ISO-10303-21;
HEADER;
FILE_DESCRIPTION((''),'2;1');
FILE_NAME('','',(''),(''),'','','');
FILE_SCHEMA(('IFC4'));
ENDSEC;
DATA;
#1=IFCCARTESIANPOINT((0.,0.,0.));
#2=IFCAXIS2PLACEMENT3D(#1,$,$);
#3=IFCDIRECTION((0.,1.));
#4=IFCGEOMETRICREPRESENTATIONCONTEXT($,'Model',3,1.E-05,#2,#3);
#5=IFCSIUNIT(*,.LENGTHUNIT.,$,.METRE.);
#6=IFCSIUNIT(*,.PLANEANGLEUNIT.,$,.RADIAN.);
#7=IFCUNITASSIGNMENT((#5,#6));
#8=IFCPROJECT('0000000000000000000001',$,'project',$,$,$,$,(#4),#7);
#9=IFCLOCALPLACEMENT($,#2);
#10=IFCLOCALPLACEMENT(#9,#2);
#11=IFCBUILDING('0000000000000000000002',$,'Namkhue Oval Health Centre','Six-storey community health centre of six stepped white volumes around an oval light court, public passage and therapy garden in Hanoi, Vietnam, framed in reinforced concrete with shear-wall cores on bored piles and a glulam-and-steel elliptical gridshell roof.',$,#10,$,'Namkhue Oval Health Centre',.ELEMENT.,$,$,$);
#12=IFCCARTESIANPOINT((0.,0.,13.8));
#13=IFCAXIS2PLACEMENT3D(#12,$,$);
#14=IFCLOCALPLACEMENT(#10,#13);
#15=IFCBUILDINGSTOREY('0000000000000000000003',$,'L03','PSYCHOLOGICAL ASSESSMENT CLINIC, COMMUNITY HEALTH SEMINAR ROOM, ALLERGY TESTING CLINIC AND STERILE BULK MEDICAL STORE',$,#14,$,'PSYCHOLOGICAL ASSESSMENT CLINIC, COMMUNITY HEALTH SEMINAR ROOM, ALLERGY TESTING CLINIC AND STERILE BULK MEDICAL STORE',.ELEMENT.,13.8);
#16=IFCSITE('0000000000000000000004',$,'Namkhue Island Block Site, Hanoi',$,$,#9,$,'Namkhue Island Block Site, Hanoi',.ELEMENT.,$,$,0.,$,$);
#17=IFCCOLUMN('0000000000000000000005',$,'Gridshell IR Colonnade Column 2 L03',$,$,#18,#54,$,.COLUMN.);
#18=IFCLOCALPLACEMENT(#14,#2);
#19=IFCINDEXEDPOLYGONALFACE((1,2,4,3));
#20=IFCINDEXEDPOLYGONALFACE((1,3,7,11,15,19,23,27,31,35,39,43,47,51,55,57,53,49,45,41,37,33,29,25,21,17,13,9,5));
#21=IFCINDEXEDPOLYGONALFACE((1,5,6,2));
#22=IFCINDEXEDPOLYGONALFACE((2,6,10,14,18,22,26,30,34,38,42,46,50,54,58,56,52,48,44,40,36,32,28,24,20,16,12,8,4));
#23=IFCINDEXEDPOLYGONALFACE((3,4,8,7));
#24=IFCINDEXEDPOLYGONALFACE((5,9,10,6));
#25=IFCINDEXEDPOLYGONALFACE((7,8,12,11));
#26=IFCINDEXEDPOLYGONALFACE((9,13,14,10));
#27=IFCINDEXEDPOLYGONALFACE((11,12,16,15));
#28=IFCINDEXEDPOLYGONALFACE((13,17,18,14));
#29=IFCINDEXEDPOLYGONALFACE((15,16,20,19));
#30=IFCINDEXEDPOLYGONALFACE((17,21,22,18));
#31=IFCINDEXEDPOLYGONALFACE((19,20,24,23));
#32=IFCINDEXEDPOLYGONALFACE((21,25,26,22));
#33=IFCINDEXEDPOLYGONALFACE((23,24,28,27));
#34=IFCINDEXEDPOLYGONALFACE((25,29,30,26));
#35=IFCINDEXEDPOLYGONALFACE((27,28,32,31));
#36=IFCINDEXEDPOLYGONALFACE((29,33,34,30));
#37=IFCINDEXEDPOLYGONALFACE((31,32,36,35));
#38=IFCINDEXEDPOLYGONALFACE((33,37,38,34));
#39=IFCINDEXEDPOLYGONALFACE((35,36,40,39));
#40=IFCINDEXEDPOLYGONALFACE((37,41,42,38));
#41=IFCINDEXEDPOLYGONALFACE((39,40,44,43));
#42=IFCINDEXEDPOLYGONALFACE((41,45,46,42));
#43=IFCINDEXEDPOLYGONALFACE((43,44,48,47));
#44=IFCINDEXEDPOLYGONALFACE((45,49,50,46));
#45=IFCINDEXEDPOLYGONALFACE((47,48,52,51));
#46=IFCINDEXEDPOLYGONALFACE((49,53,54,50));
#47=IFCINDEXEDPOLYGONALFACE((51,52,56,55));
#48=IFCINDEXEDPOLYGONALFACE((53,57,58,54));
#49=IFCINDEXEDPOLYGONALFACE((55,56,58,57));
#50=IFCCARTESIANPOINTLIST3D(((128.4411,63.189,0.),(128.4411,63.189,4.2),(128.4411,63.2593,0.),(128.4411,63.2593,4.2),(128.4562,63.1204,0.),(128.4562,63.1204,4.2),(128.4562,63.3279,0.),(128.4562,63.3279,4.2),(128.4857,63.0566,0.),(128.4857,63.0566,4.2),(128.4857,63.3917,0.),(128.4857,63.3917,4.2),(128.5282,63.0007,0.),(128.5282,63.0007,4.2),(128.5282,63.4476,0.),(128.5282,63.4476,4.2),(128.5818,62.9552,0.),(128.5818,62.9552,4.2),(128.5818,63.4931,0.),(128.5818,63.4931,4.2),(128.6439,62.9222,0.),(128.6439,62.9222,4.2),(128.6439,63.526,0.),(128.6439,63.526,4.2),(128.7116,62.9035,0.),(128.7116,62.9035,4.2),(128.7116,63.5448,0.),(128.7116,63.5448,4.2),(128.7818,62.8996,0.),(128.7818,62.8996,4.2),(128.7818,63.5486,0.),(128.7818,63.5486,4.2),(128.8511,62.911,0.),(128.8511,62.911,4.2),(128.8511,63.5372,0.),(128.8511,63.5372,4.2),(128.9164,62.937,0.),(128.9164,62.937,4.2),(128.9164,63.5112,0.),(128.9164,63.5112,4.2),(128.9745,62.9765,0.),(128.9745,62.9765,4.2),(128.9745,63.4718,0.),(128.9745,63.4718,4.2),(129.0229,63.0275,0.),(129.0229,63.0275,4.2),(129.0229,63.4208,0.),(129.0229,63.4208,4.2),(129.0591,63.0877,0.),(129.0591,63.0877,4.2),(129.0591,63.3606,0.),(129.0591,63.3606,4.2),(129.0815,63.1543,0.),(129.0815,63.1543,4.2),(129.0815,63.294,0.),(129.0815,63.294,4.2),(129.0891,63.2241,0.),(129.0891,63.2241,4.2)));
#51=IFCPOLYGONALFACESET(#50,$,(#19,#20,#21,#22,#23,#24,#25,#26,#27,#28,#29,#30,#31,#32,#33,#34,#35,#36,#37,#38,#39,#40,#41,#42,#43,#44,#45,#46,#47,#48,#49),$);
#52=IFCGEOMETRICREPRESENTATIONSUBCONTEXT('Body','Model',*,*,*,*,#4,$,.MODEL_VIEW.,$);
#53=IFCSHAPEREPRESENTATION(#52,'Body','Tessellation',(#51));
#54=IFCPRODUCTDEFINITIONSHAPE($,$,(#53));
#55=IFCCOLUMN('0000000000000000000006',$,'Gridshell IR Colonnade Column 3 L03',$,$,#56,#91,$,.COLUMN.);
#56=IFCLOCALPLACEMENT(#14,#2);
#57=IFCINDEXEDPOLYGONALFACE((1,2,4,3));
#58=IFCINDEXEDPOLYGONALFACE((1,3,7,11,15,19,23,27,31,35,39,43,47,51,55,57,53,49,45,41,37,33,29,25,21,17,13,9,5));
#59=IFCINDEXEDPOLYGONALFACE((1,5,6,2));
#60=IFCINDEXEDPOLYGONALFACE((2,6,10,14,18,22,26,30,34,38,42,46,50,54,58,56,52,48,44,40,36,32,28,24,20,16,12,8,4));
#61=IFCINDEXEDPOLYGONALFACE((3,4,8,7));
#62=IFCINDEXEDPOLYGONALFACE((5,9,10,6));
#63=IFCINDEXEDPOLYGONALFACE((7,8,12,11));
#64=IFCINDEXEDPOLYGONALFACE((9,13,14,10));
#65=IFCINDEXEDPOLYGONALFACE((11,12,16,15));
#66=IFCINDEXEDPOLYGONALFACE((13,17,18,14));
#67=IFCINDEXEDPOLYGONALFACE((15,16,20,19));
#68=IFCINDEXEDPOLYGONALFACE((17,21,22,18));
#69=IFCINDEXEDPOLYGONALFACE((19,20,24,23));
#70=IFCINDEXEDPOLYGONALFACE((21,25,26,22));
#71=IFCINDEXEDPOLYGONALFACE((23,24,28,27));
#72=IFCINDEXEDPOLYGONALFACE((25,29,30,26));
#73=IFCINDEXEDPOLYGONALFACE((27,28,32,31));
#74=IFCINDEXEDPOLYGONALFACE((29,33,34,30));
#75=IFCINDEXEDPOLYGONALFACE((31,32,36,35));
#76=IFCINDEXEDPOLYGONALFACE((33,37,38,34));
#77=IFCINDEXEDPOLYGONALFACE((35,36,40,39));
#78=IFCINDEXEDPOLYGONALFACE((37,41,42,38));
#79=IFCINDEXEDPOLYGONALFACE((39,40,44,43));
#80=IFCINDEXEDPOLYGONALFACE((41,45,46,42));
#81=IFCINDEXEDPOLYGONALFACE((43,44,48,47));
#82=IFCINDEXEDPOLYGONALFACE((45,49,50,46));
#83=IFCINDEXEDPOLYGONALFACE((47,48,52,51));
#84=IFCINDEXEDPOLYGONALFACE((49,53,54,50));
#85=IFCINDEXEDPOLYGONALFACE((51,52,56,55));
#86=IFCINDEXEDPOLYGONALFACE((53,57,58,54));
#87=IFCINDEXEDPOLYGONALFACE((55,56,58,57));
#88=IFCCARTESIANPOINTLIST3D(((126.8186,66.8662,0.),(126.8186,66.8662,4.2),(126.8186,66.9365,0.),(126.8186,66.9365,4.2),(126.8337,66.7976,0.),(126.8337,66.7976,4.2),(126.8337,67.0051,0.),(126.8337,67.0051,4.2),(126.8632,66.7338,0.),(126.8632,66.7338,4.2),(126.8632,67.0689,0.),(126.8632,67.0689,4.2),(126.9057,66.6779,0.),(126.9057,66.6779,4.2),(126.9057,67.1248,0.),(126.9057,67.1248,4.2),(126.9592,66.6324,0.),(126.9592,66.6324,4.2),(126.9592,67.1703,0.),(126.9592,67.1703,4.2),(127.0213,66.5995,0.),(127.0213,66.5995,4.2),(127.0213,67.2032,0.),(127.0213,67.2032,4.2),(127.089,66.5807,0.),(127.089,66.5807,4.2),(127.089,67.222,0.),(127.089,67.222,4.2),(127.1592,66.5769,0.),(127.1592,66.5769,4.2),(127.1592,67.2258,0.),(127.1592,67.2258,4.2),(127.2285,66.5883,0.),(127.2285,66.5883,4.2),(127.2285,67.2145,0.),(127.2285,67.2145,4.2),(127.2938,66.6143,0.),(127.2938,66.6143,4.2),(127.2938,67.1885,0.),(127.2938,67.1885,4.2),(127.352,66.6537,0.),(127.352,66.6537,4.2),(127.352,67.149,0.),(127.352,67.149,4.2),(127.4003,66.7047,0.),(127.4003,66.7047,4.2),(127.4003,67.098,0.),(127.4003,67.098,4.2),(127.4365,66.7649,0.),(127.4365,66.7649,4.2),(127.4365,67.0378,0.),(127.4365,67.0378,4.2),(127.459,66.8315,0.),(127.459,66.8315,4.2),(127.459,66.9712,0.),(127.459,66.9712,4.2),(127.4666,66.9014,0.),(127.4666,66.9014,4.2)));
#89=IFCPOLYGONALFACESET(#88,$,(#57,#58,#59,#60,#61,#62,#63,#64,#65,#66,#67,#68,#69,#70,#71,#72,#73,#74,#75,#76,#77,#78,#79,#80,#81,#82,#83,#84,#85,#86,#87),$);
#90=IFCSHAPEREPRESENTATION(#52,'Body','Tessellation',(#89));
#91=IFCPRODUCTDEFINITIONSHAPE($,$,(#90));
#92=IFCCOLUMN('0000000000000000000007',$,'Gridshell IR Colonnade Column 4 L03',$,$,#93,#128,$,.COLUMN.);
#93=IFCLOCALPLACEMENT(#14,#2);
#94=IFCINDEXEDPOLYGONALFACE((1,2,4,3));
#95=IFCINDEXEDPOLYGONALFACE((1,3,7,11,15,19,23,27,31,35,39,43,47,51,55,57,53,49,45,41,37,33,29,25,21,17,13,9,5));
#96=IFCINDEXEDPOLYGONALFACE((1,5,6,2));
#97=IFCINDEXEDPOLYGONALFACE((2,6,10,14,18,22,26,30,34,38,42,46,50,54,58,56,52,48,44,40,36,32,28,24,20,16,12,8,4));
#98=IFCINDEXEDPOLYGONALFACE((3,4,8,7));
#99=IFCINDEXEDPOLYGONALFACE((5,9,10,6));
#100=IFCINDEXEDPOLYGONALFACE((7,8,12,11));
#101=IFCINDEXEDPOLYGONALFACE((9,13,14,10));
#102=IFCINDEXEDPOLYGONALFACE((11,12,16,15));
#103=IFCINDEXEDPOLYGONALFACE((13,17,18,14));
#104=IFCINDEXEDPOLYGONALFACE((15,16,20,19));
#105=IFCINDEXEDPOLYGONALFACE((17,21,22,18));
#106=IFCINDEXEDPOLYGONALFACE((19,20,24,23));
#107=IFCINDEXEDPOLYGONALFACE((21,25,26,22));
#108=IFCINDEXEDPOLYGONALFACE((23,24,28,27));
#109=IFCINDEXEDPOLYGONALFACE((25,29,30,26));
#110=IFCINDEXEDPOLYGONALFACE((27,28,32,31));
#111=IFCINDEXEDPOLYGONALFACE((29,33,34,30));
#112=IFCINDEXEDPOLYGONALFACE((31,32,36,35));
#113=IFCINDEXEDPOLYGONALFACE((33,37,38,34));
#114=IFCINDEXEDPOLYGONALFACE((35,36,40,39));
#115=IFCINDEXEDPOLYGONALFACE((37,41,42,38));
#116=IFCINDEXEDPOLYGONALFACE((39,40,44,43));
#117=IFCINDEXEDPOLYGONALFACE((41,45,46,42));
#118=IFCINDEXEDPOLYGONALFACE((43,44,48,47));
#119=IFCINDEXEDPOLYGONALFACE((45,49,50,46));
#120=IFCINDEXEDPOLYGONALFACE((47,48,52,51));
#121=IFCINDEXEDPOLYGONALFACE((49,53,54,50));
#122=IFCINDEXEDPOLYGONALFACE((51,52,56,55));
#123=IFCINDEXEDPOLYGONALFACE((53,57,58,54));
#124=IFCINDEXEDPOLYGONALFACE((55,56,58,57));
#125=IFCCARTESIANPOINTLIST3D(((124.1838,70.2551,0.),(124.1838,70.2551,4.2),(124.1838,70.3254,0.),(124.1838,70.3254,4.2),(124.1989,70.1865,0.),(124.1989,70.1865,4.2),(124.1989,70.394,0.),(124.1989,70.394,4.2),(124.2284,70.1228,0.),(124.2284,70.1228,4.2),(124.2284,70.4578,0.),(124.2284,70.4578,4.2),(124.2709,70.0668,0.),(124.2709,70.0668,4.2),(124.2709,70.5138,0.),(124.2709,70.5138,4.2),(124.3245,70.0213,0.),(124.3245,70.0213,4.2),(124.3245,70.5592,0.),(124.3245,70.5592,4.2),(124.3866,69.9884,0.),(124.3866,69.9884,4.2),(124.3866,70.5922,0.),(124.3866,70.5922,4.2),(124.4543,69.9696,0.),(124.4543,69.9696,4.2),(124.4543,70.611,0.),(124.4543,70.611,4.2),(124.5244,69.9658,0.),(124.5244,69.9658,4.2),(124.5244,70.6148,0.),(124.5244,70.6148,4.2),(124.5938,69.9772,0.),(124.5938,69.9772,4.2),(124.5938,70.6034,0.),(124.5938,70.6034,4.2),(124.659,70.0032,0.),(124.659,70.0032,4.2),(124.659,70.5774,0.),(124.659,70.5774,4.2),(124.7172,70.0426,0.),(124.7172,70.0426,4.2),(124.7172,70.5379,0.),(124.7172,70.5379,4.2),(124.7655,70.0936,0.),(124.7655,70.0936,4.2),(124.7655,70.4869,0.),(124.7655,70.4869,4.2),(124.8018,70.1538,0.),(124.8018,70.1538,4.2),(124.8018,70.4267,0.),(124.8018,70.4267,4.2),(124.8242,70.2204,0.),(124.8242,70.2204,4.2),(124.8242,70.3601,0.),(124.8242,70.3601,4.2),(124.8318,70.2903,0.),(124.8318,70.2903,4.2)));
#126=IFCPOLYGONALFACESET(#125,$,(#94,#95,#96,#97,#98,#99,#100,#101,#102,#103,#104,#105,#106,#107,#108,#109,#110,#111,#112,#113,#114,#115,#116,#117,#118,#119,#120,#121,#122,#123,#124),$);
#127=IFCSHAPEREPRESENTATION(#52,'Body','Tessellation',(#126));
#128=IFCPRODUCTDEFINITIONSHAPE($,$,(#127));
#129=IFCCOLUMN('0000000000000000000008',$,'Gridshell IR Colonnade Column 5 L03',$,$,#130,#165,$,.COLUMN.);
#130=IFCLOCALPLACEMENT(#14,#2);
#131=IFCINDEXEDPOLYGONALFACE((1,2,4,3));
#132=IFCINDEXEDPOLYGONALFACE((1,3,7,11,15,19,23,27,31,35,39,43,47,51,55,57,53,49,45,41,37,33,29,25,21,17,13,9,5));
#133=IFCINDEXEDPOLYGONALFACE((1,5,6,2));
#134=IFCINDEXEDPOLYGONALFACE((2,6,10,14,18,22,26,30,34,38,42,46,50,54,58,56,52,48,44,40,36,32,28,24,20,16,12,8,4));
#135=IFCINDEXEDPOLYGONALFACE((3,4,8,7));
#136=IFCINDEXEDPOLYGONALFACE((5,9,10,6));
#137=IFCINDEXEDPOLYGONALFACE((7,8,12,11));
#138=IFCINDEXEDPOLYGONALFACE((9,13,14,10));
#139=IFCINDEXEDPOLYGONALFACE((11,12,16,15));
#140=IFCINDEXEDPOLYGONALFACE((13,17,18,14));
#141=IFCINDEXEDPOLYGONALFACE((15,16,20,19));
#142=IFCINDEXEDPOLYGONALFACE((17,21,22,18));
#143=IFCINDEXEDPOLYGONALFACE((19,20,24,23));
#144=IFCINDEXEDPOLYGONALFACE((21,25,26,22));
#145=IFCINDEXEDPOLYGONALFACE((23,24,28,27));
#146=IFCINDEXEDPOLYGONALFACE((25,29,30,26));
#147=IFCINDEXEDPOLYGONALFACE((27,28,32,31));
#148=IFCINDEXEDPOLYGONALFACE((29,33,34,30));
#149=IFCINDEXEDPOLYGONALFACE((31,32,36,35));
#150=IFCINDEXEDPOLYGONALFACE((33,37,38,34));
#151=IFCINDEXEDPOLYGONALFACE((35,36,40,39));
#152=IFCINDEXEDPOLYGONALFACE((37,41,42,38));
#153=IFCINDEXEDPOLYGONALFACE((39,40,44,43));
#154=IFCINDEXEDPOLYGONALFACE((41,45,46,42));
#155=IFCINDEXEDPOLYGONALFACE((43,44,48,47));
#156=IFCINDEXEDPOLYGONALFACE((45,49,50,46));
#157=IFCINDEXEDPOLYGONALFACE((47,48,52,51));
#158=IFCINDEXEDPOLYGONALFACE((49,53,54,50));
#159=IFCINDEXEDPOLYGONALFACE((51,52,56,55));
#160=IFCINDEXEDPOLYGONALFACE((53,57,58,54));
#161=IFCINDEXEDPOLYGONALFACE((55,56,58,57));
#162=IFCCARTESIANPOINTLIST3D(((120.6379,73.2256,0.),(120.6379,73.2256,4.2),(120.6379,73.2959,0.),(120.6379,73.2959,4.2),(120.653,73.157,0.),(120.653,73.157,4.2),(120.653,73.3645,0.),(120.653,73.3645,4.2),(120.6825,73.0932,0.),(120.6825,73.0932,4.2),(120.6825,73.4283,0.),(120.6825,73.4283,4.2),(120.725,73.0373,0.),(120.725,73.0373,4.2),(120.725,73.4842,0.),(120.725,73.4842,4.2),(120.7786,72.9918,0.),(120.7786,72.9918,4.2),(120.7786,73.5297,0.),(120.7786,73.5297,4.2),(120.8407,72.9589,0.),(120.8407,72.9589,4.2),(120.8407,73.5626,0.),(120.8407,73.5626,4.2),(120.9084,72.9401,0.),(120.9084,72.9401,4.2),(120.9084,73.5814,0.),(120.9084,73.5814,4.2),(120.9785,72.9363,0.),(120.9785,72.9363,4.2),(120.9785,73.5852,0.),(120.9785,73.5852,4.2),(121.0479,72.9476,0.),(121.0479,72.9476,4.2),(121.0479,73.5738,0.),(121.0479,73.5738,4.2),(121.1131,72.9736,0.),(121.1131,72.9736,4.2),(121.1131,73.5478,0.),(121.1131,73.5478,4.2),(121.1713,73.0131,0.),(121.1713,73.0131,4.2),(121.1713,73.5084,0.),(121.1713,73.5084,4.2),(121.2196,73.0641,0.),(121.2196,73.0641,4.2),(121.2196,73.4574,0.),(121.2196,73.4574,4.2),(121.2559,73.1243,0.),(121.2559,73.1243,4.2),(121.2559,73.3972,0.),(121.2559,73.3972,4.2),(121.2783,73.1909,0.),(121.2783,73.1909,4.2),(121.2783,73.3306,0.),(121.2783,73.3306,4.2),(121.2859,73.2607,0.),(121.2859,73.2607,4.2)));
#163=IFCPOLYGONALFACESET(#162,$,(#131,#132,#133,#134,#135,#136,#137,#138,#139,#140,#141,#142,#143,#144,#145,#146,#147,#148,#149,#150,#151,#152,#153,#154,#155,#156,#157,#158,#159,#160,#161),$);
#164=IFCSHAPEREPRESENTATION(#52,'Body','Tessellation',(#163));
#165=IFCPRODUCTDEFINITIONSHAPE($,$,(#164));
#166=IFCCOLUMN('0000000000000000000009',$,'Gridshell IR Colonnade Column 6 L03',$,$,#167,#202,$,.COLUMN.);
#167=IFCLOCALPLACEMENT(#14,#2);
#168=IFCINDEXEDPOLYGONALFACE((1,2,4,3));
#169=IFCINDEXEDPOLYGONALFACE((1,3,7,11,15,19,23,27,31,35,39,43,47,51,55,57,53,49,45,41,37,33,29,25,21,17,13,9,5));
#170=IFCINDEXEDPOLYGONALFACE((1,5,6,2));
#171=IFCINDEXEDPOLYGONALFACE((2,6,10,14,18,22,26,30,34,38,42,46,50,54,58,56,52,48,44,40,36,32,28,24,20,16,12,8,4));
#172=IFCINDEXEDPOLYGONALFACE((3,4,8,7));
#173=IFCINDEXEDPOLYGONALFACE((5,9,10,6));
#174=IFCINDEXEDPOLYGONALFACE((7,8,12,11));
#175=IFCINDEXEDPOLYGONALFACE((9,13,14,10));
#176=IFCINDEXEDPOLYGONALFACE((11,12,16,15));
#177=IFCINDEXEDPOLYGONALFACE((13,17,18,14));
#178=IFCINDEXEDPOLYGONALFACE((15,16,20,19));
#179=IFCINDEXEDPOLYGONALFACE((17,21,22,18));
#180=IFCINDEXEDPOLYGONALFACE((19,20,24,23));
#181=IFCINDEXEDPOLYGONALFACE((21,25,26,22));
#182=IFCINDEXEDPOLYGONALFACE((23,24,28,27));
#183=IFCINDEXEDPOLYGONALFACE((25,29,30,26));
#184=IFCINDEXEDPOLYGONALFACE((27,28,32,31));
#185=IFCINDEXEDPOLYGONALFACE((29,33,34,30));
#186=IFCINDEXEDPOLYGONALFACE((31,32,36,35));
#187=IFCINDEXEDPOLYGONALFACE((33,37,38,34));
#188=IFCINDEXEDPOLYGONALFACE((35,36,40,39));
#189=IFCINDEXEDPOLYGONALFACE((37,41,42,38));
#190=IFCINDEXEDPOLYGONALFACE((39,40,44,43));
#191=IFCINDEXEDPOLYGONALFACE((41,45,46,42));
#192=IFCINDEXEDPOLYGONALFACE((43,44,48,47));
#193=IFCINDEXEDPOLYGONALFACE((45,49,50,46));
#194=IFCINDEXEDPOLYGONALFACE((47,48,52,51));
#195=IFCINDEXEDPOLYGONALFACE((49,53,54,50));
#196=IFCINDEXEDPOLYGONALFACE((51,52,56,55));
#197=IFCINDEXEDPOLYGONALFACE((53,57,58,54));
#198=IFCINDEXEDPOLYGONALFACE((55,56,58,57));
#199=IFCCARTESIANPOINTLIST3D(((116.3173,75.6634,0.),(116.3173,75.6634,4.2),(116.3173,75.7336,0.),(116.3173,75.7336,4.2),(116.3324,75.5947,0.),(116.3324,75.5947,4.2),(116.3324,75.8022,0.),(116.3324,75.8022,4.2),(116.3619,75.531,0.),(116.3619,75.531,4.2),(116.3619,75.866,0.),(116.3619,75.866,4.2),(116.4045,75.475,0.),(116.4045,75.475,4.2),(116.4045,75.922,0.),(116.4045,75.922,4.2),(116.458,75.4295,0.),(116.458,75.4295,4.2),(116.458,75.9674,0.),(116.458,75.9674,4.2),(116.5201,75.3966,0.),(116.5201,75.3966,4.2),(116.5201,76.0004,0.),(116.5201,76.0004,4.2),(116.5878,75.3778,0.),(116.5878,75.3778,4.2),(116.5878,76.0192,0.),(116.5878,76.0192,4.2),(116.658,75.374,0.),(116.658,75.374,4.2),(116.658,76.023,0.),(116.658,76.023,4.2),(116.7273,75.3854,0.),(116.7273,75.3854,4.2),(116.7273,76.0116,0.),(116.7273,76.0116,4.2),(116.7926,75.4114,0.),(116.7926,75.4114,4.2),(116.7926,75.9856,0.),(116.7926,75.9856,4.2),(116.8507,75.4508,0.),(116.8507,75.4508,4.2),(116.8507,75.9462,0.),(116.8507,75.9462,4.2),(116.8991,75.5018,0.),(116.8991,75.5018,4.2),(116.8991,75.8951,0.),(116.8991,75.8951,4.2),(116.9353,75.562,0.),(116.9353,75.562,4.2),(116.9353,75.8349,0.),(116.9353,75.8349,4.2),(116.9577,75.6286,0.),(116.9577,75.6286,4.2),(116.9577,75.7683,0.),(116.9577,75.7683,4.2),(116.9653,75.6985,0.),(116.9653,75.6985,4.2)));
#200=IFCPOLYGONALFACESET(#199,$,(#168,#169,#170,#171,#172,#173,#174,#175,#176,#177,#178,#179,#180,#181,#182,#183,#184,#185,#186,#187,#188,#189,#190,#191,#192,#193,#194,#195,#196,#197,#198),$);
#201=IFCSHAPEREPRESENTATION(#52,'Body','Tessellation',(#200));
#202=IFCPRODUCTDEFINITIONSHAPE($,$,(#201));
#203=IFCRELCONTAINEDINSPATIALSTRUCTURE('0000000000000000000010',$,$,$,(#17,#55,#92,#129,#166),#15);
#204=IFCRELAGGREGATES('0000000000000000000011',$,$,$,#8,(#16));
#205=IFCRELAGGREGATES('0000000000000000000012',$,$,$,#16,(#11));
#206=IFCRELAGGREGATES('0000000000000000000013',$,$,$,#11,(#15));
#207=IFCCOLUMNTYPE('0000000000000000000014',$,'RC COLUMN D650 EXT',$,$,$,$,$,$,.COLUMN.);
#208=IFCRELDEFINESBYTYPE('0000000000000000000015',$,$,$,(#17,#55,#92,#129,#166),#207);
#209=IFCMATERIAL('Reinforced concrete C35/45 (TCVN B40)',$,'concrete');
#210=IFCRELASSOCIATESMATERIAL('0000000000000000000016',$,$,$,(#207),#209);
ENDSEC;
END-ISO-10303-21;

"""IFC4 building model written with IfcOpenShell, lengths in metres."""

from ifc_helpers import new_model, si_unit, direction, frame, origin, origin_2d, place, context, subcontext, project, spatial, circle, extrude, material, material_profile, profile_set, type_object, element, save


model = new_model("IFC4")

# Units and contexts
model_context = context("Model", 3, precision=1e-05, world=origin(), true_north=direction((0.0, 1.0)))
body_context = subcontext(model_context, "Body", "Model", "MODEL_VIEW")
ifc_project = project(units=[si_unit("LENGTHUNIT", "METRE"), si_unit("PLANEANGLEUNIT", "RADIAN")], contexts=[model_context])

# Site, building, storey
site_placement = place(None, origin())
site = spatial("IfcSite", under=ifc_project, at=site_placement, Name="Namkhue Island Block Site, Hanoi", LongName="Namkhue Island Block Site, Hanoi", CompositionType="ELEMENT", RefElevation=0.0)
building_placement = place(site_placement, origin())
building = spatial("IfcBuilding", under=site, at=building_placement, Name="Namkhue Oval Health Centre", Description="Six-storey community health centre of six stepped white volumes around an oval light court, public passage and therapy garden in Hanoi, Vietnam, framed in reinforced concrete with shear-wall cores on bored piles and a glulam-and-steel elliptical gridshell roof.", LongName="Namkhue Oval Health Centre", CompositionType="ELEMENT")
storey_placement = place(building_placement, frame((0.0, 0.0, 13.8)))
storey = spatial("IfcBuildingStorey", under=building, at=storey_placement, Name="L03", Description="PSYCHOLOGICAL ASSESSMENT CLINIC, COMMUNITY HEALTH SEMINAR ROOM, ALLERGY TESTING CLINIC AND STERILE BULK MEDICAL STORE", LongName="PSYCHOLOGICAL ASSESSMENT CLINIC, COMMUNITY HEALTH SEMINAR ROOM, ALLERGY TESTING CLINIC AND STERILE BULK MEDICAL STORE", CompositionType="ELEMENT", Elevation=13.8)

# Columns
ifc_material_1 = material(Name="Reinforced concrete C35/45 (TCVN B40)", Category="concrete")
ifc_material_profile_1 = material_profile(ifc_material_1, circle(Radius=0.325, at=origin_2d()), Name="RC D650")
ifc_profile_set_1 = profile_set([ifc_material_profile_1], Name="Reinforced concrete C35/45 (TCVN B40)")
column_type_1 = type_object("IfcColumnType", Name="RC COLUMN D650 EXT", PredefinedType="COLUMN", material=ifc_profile_set_1)
for number, where, z_axis, x_axis, name in (
    (1, (128.7642, 63.2241, 0.0), (0.0, 0.0, 1.0), (1.0, 0.0, 0.0), "Gridshell IR Colonnade Column 2 L03"),
    (2, (127.1416, 66.9014, 0.0), (0.0, 0.0, 1.0), (1.0, 0.0, 0.0), "Gridshell IR Colonnade Column 3 L03"),
    (3, (124.5068, 70.2903, 0.0), (0.0, 0.0, 1.0), (1.0, 0.0, 0.0), "Gridshell IR Colonnade Column 4 L03"),
    (4, (120.9609, 73.2607, 0.0), (0.0, 0.0, 1.0), (1.0, 0.0, 0.0), "Gridshell IR Colonnade Column 5 L03"),
    (5, (116.6404, 75.6985, 0.0), (0.0, 0.0, 1.0), (1.0, 0.0, 0.0), "Gridshell IR Colonnade Column 6 L03"),
):
    element("IfcColumn", number, at=place(storey_placement, frame(where, z_axis=z_axis, x_axis=x_axis)), inside=storey, type_object=column_type_1, Name=name, PredefinedType="COLUMN", context=body_context, shape_type="SweptSolid", body=[
        extrude(circle(Radius=0.325, at=origin_2d()), origin(), (0.0, 0.0, 1.0), 4.2),
    ])

save(model, "model.ifc")
